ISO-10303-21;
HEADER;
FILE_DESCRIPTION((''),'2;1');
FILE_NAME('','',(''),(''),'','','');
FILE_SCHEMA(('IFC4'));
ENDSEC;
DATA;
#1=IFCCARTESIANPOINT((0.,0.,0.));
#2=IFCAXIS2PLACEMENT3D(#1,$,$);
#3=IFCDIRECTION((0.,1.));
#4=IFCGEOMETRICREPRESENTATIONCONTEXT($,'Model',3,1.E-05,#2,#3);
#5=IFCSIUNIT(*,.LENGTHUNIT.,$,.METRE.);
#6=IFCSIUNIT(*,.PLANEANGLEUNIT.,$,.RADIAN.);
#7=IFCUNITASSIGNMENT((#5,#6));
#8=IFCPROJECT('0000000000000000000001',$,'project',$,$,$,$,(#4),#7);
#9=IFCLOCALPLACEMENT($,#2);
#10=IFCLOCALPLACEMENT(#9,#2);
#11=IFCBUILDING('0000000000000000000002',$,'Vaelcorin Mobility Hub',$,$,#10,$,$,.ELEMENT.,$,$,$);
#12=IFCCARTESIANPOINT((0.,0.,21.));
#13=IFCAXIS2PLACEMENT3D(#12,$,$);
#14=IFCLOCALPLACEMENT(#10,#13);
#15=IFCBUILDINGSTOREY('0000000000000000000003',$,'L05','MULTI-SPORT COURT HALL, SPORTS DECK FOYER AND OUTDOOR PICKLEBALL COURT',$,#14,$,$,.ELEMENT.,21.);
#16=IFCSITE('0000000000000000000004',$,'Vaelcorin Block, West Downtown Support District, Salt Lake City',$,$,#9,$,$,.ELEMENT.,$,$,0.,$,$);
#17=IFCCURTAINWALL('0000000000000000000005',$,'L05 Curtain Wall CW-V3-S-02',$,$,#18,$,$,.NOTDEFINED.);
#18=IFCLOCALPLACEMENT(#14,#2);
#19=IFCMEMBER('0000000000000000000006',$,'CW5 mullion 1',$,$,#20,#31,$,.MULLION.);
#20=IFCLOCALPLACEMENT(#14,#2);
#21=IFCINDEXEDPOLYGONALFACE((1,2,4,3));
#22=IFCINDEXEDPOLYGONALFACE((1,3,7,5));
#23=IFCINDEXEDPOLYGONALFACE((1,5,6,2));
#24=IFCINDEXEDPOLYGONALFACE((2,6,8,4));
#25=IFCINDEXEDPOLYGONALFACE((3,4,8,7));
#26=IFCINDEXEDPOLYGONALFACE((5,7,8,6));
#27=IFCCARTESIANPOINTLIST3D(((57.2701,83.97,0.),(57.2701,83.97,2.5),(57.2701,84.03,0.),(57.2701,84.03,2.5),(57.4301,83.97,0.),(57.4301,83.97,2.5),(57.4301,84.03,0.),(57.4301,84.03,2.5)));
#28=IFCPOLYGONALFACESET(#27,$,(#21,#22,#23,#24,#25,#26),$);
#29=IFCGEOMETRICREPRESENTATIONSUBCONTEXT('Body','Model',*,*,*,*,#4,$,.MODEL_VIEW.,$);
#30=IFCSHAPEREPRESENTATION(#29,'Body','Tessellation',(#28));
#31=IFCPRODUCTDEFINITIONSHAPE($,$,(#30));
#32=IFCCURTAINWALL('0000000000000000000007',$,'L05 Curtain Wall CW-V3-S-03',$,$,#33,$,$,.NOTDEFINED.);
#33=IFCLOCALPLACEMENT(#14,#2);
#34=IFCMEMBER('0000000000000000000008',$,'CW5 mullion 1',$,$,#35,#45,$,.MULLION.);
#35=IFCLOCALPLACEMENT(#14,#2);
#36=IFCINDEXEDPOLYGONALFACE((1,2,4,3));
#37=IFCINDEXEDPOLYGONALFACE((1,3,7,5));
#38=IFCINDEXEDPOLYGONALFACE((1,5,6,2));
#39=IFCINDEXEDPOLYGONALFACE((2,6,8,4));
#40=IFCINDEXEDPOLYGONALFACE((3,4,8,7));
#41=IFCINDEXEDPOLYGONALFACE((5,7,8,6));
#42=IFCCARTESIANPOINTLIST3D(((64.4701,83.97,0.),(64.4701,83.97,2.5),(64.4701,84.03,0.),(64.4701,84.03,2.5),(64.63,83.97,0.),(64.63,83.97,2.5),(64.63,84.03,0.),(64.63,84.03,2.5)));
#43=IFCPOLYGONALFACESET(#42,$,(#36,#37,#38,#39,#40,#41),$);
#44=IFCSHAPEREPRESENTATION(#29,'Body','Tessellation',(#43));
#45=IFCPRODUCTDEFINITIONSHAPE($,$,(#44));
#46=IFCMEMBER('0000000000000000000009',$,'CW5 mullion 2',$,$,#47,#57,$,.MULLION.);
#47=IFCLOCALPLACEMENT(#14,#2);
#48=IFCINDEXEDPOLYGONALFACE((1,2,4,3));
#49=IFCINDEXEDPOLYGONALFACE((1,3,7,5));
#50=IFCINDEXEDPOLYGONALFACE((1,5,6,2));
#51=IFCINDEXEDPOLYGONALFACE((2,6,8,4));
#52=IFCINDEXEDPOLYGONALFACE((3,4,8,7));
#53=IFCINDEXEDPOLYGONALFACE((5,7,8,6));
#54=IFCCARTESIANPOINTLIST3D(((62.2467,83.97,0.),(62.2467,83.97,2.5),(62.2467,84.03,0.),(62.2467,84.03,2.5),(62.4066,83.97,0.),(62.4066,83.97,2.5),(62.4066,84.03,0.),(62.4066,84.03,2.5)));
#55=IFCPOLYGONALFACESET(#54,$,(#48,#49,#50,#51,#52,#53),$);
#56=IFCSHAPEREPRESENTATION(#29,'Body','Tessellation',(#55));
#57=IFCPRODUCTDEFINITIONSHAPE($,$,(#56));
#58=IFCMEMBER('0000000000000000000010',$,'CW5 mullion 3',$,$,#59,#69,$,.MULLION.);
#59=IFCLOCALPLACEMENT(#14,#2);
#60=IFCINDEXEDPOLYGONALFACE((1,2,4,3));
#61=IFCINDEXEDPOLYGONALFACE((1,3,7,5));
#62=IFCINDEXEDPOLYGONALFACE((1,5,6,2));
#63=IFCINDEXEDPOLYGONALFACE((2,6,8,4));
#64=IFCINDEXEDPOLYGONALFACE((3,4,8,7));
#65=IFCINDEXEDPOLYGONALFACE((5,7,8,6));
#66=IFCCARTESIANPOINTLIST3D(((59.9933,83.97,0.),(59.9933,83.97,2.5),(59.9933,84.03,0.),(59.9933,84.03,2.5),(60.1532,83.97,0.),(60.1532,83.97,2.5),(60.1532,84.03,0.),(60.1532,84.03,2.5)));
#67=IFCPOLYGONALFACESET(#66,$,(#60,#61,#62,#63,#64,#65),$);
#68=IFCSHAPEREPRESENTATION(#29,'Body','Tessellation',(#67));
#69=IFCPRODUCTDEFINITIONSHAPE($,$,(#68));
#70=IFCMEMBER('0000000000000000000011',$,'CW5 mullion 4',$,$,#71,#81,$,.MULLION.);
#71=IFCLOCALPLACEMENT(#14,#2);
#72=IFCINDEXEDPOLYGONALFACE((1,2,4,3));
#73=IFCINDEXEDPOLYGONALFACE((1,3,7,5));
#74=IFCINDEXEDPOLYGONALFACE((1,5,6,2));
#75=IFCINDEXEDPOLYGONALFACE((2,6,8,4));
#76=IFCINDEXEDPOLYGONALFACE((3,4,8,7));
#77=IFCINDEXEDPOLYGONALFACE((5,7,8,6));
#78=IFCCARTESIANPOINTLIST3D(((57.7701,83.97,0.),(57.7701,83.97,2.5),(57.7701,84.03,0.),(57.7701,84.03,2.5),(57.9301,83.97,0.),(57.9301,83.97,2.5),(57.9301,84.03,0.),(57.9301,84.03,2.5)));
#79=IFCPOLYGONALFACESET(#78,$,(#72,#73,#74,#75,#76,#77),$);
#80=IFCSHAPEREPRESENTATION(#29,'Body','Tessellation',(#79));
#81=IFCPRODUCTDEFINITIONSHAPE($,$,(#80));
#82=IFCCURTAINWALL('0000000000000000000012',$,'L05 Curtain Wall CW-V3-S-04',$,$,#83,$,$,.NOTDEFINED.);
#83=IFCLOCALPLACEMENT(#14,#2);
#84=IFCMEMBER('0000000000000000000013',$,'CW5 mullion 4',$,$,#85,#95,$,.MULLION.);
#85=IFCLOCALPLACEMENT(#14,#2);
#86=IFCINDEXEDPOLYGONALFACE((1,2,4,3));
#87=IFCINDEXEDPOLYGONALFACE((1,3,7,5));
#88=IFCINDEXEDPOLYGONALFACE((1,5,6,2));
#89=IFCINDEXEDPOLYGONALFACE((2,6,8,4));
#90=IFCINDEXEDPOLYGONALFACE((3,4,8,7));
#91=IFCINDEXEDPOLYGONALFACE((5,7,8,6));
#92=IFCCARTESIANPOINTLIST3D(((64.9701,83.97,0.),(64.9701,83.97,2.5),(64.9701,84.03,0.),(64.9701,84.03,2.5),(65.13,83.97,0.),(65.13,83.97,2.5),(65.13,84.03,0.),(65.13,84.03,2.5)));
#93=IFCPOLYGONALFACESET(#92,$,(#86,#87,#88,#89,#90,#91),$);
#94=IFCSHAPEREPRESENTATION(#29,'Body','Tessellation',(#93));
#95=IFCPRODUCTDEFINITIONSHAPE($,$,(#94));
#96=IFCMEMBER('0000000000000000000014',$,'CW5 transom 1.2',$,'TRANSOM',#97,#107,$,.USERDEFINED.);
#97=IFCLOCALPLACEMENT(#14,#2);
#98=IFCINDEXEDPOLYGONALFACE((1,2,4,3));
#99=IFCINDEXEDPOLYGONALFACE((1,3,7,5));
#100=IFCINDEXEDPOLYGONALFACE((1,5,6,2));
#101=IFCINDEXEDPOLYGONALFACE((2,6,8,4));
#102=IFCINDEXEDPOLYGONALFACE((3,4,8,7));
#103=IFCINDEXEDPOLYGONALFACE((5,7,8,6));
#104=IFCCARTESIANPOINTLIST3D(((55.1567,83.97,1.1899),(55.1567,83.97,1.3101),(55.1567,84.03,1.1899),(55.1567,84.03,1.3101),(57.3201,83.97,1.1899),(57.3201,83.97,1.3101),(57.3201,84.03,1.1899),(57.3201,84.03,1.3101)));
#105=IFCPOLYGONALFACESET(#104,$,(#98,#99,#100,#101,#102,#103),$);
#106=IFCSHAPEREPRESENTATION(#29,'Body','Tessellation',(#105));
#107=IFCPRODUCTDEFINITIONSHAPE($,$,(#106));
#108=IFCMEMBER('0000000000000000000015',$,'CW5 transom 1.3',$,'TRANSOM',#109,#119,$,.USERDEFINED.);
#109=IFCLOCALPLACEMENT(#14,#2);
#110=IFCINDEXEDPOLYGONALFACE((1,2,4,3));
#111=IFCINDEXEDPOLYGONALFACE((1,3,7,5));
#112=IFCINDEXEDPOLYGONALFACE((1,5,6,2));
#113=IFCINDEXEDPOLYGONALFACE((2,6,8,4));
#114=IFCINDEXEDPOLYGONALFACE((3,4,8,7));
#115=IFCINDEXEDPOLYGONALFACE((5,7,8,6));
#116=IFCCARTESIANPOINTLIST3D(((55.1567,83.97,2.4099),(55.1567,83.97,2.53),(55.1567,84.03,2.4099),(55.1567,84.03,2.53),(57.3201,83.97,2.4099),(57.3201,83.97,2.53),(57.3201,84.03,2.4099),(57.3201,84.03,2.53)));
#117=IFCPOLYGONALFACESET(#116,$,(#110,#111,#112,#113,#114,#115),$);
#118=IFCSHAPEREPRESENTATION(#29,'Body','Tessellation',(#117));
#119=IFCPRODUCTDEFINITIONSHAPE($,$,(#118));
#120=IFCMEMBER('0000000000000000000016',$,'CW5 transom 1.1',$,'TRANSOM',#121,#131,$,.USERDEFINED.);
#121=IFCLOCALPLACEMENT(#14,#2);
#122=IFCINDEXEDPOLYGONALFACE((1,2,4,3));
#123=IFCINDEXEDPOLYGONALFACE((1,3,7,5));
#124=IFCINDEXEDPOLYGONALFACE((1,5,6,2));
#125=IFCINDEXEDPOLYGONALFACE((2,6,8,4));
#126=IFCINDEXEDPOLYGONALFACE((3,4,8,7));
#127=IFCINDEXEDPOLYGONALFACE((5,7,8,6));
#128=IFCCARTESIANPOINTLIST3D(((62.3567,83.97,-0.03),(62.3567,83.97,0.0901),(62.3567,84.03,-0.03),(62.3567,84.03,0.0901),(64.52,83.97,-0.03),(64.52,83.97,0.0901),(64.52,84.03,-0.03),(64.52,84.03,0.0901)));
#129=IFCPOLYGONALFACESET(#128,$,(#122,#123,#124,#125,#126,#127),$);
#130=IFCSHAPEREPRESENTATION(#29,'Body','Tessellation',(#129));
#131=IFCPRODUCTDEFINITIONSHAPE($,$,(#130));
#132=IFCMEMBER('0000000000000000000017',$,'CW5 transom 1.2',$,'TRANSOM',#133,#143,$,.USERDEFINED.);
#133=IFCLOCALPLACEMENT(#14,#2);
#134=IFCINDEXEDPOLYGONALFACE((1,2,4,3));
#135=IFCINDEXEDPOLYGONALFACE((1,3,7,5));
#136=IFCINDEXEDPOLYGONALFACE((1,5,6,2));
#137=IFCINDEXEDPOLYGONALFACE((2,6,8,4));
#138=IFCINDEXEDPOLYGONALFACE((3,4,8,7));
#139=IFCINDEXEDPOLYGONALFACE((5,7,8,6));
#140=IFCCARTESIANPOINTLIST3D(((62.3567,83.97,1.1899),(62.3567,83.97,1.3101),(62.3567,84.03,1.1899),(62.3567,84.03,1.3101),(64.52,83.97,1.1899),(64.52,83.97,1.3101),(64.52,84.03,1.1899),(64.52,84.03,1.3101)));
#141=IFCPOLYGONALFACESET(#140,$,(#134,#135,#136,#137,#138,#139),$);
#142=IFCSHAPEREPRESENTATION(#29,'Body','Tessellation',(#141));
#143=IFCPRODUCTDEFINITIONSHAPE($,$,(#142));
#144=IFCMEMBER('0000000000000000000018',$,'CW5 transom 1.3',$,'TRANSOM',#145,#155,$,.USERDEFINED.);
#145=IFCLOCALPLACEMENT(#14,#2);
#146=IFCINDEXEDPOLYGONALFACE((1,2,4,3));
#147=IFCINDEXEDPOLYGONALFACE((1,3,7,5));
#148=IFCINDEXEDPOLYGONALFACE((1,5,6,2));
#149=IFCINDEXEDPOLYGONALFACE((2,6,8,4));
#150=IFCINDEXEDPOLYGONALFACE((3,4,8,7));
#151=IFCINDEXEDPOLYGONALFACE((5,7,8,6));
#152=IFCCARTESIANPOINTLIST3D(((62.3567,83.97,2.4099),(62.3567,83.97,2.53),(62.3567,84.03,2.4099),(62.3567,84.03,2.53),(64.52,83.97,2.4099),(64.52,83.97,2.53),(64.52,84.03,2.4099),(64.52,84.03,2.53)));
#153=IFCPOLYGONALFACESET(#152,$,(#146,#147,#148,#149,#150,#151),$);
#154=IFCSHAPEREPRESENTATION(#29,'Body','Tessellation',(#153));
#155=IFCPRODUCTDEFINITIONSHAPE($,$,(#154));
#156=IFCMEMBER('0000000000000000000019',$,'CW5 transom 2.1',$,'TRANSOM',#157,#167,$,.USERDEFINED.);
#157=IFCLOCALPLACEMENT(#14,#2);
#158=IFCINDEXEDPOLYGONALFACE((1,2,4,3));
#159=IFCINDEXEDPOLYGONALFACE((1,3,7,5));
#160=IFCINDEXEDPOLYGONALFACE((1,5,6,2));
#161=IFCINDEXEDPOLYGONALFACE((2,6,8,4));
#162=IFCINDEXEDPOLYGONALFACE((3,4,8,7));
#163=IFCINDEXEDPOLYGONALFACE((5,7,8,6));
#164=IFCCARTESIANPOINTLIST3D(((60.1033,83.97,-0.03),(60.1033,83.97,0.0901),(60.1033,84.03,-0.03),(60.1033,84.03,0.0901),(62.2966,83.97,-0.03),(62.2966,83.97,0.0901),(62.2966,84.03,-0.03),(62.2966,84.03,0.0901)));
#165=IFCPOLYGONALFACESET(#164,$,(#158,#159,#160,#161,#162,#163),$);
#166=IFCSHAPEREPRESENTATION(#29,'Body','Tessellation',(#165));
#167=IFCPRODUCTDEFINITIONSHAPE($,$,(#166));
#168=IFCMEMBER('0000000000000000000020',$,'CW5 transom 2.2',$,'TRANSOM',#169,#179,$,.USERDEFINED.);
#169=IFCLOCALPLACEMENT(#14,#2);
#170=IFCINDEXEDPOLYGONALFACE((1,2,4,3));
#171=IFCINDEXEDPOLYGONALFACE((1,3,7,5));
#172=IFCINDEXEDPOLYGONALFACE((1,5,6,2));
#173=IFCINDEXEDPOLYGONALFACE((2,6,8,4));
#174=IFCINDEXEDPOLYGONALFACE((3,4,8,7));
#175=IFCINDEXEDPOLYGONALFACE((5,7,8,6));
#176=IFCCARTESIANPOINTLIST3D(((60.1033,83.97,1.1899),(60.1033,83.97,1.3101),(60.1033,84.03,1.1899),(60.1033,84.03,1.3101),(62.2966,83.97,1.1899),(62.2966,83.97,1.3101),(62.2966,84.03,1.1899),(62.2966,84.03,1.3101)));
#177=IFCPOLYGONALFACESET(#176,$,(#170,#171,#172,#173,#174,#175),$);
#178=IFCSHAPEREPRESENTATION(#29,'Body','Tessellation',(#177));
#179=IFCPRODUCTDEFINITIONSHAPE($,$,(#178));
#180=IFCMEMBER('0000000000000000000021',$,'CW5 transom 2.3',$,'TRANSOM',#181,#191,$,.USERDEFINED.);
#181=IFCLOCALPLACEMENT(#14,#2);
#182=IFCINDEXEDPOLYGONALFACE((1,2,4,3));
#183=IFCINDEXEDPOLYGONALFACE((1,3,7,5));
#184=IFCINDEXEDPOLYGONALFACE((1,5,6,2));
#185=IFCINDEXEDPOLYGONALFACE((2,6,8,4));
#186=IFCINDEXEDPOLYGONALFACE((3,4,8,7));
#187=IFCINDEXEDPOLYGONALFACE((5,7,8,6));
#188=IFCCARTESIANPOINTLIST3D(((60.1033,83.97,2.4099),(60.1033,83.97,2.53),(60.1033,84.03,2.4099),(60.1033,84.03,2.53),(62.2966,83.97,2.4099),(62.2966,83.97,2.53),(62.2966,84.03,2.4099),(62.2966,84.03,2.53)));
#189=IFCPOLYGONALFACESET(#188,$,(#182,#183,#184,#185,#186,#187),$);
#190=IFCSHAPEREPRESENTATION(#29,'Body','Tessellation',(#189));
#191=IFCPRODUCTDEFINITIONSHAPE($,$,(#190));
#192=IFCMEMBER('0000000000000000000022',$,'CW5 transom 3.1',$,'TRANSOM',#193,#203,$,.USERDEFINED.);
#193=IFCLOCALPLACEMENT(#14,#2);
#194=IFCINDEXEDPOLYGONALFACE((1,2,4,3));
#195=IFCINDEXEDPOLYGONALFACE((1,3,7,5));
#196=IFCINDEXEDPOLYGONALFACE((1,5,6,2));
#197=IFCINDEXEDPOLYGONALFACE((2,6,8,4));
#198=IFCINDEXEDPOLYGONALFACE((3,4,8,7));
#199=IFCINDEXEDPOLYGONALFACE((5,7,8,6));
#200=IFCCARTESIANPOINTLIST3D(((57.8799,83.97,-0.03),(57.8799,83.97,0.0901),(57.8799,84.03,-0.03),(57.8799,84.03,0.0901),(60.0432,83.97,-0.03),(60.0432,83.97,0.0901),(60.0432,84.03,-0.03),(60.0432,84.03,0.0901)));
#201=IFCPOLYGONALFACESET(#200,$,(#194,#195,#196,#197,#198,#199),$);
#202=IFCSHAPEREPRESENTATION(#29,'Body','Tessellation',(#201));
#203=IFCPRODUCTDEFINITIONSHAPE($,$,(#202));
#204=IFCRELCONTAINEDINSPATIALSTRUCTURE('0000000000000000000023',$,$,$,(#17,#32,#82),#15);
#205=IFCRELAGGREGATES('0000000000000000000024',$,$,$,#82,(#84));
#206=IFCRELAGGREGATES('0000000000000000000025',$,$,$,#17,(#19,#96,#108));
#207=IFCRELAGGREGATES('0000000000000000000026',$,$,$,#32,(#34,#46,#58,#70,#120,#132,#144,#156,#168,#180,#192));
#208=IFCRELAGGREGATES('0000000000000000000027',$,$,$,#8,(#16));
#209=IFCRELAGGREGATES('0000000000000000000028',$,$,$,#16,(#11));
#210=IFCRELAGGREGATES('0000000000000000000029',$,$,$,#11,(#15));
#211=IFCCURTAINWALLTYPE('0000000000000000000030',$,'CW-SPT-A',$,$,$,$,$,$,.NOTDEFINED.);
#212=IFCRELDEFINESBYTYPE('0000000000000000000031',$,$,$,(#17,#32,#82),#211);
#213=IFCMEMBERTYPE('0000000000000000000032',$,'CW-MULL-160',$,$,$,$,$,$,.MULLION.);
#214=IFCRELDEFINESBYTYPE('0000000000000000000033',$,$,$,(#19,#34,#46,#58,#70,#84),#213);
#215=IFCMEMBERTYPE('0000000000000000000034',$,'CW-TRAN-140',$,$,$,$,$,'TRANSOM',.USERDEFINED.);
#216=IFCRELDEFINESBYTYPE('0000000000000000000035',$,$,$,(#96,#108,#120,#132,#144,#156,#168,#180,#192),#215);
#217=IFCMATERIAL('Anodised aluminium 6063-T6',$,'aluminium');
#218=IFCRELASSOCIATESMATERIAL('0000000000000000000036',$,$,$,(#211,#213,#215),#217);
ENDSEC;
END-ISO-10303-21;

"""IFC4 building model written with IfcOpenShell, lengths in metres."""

from ifc_helpers import new_model, si_unit, direction, frame, origin, origin_2d, place, context, subcontext, project, spatial, rectangle, extrude, material, material_profile, profile_set, type_object, element, aggregate, save


model = new_model("IFC4")

# Units and contexts
model_context = context("Model", 3, precision=1e-05, world=origin(), true_north=direction((0.0, 1.0)))
body_context = subcontext(model_context, "Body", "Model", "MODEL_VIEW")
ifc_project = project(units=[si_unit("LENGTHUNIT", "METRE"), si_unit("PLANEANGLEUNIT", "RADIAN")], contexts=[model_context])

# Site, building, storey
site_placement = place(None, origin())
site = spatial("IfcSite", under=ifc_project, at=site_placement, Name="Vaelcorin Block, West Downtown Support District, Salt Lake City", CompositionType="ELEMENT", RefElevation=0.0)
building_placement = place(site_placement, origin())
building = spatial("IfcBuilding", under=site, at=building_placement, Name="Vaelcorin Mobility Hub", CompositionType="ELEMENT")
storey_placement = place(building_placement, frame((0.0, 0.0, 21.0)))
storey = spatial("IfcBuildingStorey", under=building, at=storey_placement, Name="L05", Description="MULTI-SPORT COURT HALL, SPORTS DECK FOYER AND OUTDOOR PICKLEBALL COURT", CompositionType="ELEMENT", Elevation=21.0)

# Curtain wall, member
ifc_material_1 = material(Name="Anodised aluminium 6063-T6", Category="aluminium")
curtain_wall_type = type_object("IfcCurtainWallType", Name="CW-SPT-A", PredefinedType="NOTDEFINED", material=ifc_material_1)
curtain_wall_1_placement = place(storey_placement, origin())
curtain_wall_1 = element("IfcCurtainWall", 1, at=curtain_wall_1_placement, inside=storey, type_object=curtain_wall_type, Name="L05 Curtain Wall CW-V3-S-02", PredefinedType="NOTDEFINED")
ifc_material_profile_1 = material_profile(ifc_material_1, rectangle(XDim=0.0601, YDim=0.1599, at=origin_2d()), Name="ALU-M60X160")
ifc_profile_set_1 = profile_set([ifc_material_profile_1], Name="Anodised aluminium 6063-T6")
member_type_1 = type_object("IfcMemberType", Name="CW-MULL-160", PredefinedType="MULLION", material=ifc_profile_set_1)
member_1_placement = place(storey_placement, frame((57.3501, 84.0, 0.0), z_axis=(0.0, 0.0, 1.0), x_axis=(0.0, -1.0, 0.0)))
member_1 = element("IfcMember", 2, at=member_1_placement, type_object=member_type_1, Name="CW5 mullion 1", PredefinedType="MULLION", context=body_context, shape_type="SweptSolid", body=[
    extrude(rectangle(XDim=0.0601, YDim=0.1599, at=origin_2d()), origin(), (0.0, 0.0, 1.0), 2.5),
])

# Curtain wall, members
curtain_wall_2_placement = place(storey_placement, origin())
curtain_wall_2 = element("IfcCurtainWall", 3, at=curtain_wall_2_placement, inside=storey, type_object=curtain_wall_type, Name="L05 Curtain Wall CW-V3-S-03", PredefinedType="NOTDEFINED")
member_2_placement = place(storey_placement, frame((64.55, 84.0, 0.0), z_axis=(0.0, 0.0, 1.0), x_axis=(0.0, -1.0, 0.0)))
member_2 = element("IfcMember", 4, at=member_2_placement, type_object=member_type_1, Name="CW5 mullion 1", PredefinedType="MULLION", context=body_context, shape_type="SweptSolid", body=[
    extrude(rectangle(XDim=0.0601, YDim=0.1599, at=origin_2d()), origin(), (0.0, 0.0, 1.0), 2.5),
])
member_3_placement = place(storey_placement, frame((62.3267, 84.0, 0.0), z_axis=(0.0, 0.0, 1.0), x_axis=(0.0, -1.0, 0.0)))
member_3 = element("IfcMember", 5, at=member_3_placement, type_object=member_type_1, Name="CW5 mullion 2", PredefinedType="MULLION", context=body_context, shape_type="SweptSolid", body=[
    extrude(rectangle(XDim=0.0601, YDim=0.1599, at=origin_2d()), origin(), (0.0, 0.0, 1.0), 2.5),
])
member_4_placement = place(storey_placement, frame((60.0732, 84.0, 0.0), z_axis=(0.0, 0.0, 1.0), x_axis=(0.0, -1.0, 0.0)))
member_4 = element("IfcMember", 6, at=member_4_placement, type_object=member_type_1, Name="CW5 mullion 3", PredefinedType="MULLION", context=body_context, shape_type="SweptSolid", body=[
    extrude(rectangle(XDim=0.0601, YDim=0.1599, at=origin_2d()), origin(), (0.0, 0.0, 1.0), 2.5),
])
member_5_placement = place(storey_placement, frame((57.8501, 84.0, 0.0), z_axis=(0.0, 0.0, 1.0), x_axis=(0.0, -1.0, 0.0)))
member_5 = element("IfcMember", 7, at=member_5_placement, type_object=member_type_1, Name="CW5 mullion 4", PredefinedType="MULLION", context=body_context, shape_type="SweptSolid", body=[
    extrude(rectangle(XDim=0.0601, YDim=0.1599, at=origin_2d()), origin(), (0.0, 0.0, 1.0), 2.5),
])

# Curtain wall, member
curtain_wall_3_placement = place(storey_placement, origin())
curtain_wall_3 = element("IfcCurtainWall", 8, at=curtain_wall_3_placement, inside=storey, type_object=curtain_wall_type, Name="L05 Curtain Wall CW-V3-S-04", PredefinedType="NOTDEFINED")
member_6_placement = place(storey_placement, frame((65.05, 84.0, 0.0), z_axis=(0.0, 0.0, 1.0), x_axis=(0.0, -1.0, 0.0)))
member_6 = element("IfcMember", 9, at=member_6_placement, type_object=member_type_1, Name="CW5 mullion 4", PredefinedType="MULLION", context=body_context, shape_type="SweptSolid", body=[
    extrude(rectangle(XDim=0.0601, YDim=0.1599, at=origin_2d()), origin(), (0.0, 0.0, 1.0), 2.5),
])
aggregate(curtain_wall_3, [member_6])

# Members
ifc_material_profile_2 = material_profile(ifc_material_1, rectangle(XDim=0.0601, YDim=0.1201, at=origin_2d()), Name="ALU-T60X120")
ifc_profile_set_2 = profile_set([ifc_material_profile_2], Name="Anodised aluminium 6063-T6")
member_type_2 = type_object("IfcMemberType", Name="CW-TRAN-140", ElementType="TRANSOM", PredefinedType="USERDEFINED", material=ifc_profile_set_2)
member_7_placement = place(storey_placement, frame((57.3201, 84.0, 1.25), z_axis=(-1.0, 0.0, 0.0), x_axis=(0.0, -1.0, 0.0)))
member_7 = element("IfcMember", 10, at=member_7_placement, type_object=member_type_2, Name="CW5 transom 1.2", ObjectType="TRANSOM", PredefinedType="USERDEFINED", context=body_context, shape_type="SweptSolid", body=[
    extrude(rectangle(XDim=0.0601, YDim=0.1201, at=origin_2d()), origin(), (0.0, 0.0, 1.0), 2.1633),
])
member_8_placement = place(storey_placement, frame((57.3201, 84.0, 2.47), z_axis=(-1.0, 0.0, 0.0), x_axis=(0.0, -1.0, 0.0)))
member_8 = element("IfcMember", 11, at=member_8_placement, type_object=member_type_2, Name="CW5 transom 1.3", ObjectType="TRANSOM", PredefinedType="USERDEFINED", context=body_context, shape_type="SweptSolid", body=[
    extrude(rectangle(XDim=0.0601, YDim=0.1201, at=origin_2d()), origin(), (0.0, 0.0, 1.0), 2.1633),
])
aggregate(curtain_wall_1, [member_1, member_7, member_8])
member_9_placement = place(storey_placement, frame((64.52, 84.0, 0.03), z_axis=(-1.0, 0.0, 0.0), x_axis=(0.0, -1.0, 0.0)))
member_9 = element("IfcMember", 12, at=member_9_placement, type_object=member_type_2, Name="CW5 transom 1.1", ObjectType="TRANSOM", PredefinedType="USERDEFINED", context=body_context, shape_type="SweptSolid", body=[
    extrude(rectangle(XDim=0.0601, YDim=0.1201, at=origin_2d()), origin(), (0.0, 0.0, 1.0), 2.1633),
])
member_10_placement = place(storey_placement, frame((64.52, 84.0, 1.25), z_axis=(-1.0, 0.0, 0.0), x_axis=(0.0, -1.0, 0.0)))
member_10 = element("IfcMember", 13, at=member_10_placement, type_object=member_type_2, Name="CW5 transom 1.2", ObjectType="TRANSOM", PredefinedType="USERDEFINED", context=body_context, shape_type="SweptSolid", body=[
    extrude(rectangle(XDim=0.0601, YDim=0.1201, at=origin_2d()), origin(), (0.0, 0.0, 1.0), 2.1633),
])
member_11_placement = place(storey_placement, frame((64.52, 84.0, 2.47), z_axis=(-1.0, 0.0, 0.0), x_axis=(0.0, -1.0, 0.0)))
member_11 = element("IfcMember", 14, at=member_11_placement, type_object=member_type_2, Name="CW5 transom 1.3", ObjectType="TRANSOM", PredefinedType="USERDEFINED", context=body_context, shape_type="SweptSolid", body=[
    extrude(rectangle(XDim=0.0601, YDim=0.1201, at=origin_2d()), origin(), (0.0, 0.0, 1.0), 2.1633),
])
member_12_placement = place(storey_placement, frame((62.2966, 84.0, 0.03), z_axis=(-1.0, 0.0, 0.0), x_axis=(0.0, -1.0, 0.0)))
member_12 = element("IfcMember", 15, at=member_12_placement, type_object=member_type_2, Name="CW5 transom 2.1", ObjectType="TRANSOM", PredefinedType="USERDEFINED", context=body_context, shape_type="SweptSolid", body=[
    extrude(rectangle(XDim=0.0601, YDim=0.1201, at=origin_2d()), origin(), (0.0, 0.0, 1.0), 2.1934),
])
member_13_placement = place(storey_placement, frame((62.2966, 84.0, 1.25), z_axis=(-1.0, 0.0, 0.0), x_axis=(0.0, -1.0, 0.0)))
member_13 = element("IfcMember", 16, at=member_13_placement, type_object=member_type_2, Name="CW5 transom 2.2", ObjectType="TRANSOM", PredefinedType="USERDEFINED", context=body_context, shape_type="SweptSolid", body=[
    extrude(rectangle(XDim=0.0601, YDim=0.1201, at=origin_2d()), origin(), (0.0, 0.0, 1.0), 2.1934),
])
member_14_placement = place(storey_placement, frame((62.2966, 84.0, 2.47), z_axis=(-1.0, 0.0, 0.0), x_axis=(0.0, -1.0, 0.0)))
member_14 = element("IfcMember", 17, at=member_14_placement, type_object=member_type_2, Name="CW5 transom 2.3", ObjectType="TRANSOM", PredefinedType="USERDEFINED", context=body_context, shape_type="SweptSolid", body=[
    extrude(rectangle(XDim=0.0601, YDim=0.1201, at=origin_2d()), origin(), (0.0, 0.0, 1.0), 2.1934),
])
member_15_placement = place(storey_placement, frame((60.0432, 84.0, 0.03), z_axis=(-1.0, 0.0, 0.0), x_axis=(0.0, -1.0, 0.0)))
member_15 = element("IfcMember", 18, at=member_15_placement, type_object=member_type_2, Name="CW5 transom 3.1", ObjectType="TRANSOM", PredefinedType="USERDEFINED", context=body_context, shape_type="SweptSolid", body=[
    extrude(rectangle(XDim=0.0601, YDim=0.1201, at=origin_2d()), origin(), (0.0, 0.0, 1.0), 2.1633),
])

aggregate(curtain_wall_2, [member_2, member_3, member_4, member_5, member_9, member_10, member_11, member_12, member_13, member_14, member_15])

save(model, "model.ifc")
